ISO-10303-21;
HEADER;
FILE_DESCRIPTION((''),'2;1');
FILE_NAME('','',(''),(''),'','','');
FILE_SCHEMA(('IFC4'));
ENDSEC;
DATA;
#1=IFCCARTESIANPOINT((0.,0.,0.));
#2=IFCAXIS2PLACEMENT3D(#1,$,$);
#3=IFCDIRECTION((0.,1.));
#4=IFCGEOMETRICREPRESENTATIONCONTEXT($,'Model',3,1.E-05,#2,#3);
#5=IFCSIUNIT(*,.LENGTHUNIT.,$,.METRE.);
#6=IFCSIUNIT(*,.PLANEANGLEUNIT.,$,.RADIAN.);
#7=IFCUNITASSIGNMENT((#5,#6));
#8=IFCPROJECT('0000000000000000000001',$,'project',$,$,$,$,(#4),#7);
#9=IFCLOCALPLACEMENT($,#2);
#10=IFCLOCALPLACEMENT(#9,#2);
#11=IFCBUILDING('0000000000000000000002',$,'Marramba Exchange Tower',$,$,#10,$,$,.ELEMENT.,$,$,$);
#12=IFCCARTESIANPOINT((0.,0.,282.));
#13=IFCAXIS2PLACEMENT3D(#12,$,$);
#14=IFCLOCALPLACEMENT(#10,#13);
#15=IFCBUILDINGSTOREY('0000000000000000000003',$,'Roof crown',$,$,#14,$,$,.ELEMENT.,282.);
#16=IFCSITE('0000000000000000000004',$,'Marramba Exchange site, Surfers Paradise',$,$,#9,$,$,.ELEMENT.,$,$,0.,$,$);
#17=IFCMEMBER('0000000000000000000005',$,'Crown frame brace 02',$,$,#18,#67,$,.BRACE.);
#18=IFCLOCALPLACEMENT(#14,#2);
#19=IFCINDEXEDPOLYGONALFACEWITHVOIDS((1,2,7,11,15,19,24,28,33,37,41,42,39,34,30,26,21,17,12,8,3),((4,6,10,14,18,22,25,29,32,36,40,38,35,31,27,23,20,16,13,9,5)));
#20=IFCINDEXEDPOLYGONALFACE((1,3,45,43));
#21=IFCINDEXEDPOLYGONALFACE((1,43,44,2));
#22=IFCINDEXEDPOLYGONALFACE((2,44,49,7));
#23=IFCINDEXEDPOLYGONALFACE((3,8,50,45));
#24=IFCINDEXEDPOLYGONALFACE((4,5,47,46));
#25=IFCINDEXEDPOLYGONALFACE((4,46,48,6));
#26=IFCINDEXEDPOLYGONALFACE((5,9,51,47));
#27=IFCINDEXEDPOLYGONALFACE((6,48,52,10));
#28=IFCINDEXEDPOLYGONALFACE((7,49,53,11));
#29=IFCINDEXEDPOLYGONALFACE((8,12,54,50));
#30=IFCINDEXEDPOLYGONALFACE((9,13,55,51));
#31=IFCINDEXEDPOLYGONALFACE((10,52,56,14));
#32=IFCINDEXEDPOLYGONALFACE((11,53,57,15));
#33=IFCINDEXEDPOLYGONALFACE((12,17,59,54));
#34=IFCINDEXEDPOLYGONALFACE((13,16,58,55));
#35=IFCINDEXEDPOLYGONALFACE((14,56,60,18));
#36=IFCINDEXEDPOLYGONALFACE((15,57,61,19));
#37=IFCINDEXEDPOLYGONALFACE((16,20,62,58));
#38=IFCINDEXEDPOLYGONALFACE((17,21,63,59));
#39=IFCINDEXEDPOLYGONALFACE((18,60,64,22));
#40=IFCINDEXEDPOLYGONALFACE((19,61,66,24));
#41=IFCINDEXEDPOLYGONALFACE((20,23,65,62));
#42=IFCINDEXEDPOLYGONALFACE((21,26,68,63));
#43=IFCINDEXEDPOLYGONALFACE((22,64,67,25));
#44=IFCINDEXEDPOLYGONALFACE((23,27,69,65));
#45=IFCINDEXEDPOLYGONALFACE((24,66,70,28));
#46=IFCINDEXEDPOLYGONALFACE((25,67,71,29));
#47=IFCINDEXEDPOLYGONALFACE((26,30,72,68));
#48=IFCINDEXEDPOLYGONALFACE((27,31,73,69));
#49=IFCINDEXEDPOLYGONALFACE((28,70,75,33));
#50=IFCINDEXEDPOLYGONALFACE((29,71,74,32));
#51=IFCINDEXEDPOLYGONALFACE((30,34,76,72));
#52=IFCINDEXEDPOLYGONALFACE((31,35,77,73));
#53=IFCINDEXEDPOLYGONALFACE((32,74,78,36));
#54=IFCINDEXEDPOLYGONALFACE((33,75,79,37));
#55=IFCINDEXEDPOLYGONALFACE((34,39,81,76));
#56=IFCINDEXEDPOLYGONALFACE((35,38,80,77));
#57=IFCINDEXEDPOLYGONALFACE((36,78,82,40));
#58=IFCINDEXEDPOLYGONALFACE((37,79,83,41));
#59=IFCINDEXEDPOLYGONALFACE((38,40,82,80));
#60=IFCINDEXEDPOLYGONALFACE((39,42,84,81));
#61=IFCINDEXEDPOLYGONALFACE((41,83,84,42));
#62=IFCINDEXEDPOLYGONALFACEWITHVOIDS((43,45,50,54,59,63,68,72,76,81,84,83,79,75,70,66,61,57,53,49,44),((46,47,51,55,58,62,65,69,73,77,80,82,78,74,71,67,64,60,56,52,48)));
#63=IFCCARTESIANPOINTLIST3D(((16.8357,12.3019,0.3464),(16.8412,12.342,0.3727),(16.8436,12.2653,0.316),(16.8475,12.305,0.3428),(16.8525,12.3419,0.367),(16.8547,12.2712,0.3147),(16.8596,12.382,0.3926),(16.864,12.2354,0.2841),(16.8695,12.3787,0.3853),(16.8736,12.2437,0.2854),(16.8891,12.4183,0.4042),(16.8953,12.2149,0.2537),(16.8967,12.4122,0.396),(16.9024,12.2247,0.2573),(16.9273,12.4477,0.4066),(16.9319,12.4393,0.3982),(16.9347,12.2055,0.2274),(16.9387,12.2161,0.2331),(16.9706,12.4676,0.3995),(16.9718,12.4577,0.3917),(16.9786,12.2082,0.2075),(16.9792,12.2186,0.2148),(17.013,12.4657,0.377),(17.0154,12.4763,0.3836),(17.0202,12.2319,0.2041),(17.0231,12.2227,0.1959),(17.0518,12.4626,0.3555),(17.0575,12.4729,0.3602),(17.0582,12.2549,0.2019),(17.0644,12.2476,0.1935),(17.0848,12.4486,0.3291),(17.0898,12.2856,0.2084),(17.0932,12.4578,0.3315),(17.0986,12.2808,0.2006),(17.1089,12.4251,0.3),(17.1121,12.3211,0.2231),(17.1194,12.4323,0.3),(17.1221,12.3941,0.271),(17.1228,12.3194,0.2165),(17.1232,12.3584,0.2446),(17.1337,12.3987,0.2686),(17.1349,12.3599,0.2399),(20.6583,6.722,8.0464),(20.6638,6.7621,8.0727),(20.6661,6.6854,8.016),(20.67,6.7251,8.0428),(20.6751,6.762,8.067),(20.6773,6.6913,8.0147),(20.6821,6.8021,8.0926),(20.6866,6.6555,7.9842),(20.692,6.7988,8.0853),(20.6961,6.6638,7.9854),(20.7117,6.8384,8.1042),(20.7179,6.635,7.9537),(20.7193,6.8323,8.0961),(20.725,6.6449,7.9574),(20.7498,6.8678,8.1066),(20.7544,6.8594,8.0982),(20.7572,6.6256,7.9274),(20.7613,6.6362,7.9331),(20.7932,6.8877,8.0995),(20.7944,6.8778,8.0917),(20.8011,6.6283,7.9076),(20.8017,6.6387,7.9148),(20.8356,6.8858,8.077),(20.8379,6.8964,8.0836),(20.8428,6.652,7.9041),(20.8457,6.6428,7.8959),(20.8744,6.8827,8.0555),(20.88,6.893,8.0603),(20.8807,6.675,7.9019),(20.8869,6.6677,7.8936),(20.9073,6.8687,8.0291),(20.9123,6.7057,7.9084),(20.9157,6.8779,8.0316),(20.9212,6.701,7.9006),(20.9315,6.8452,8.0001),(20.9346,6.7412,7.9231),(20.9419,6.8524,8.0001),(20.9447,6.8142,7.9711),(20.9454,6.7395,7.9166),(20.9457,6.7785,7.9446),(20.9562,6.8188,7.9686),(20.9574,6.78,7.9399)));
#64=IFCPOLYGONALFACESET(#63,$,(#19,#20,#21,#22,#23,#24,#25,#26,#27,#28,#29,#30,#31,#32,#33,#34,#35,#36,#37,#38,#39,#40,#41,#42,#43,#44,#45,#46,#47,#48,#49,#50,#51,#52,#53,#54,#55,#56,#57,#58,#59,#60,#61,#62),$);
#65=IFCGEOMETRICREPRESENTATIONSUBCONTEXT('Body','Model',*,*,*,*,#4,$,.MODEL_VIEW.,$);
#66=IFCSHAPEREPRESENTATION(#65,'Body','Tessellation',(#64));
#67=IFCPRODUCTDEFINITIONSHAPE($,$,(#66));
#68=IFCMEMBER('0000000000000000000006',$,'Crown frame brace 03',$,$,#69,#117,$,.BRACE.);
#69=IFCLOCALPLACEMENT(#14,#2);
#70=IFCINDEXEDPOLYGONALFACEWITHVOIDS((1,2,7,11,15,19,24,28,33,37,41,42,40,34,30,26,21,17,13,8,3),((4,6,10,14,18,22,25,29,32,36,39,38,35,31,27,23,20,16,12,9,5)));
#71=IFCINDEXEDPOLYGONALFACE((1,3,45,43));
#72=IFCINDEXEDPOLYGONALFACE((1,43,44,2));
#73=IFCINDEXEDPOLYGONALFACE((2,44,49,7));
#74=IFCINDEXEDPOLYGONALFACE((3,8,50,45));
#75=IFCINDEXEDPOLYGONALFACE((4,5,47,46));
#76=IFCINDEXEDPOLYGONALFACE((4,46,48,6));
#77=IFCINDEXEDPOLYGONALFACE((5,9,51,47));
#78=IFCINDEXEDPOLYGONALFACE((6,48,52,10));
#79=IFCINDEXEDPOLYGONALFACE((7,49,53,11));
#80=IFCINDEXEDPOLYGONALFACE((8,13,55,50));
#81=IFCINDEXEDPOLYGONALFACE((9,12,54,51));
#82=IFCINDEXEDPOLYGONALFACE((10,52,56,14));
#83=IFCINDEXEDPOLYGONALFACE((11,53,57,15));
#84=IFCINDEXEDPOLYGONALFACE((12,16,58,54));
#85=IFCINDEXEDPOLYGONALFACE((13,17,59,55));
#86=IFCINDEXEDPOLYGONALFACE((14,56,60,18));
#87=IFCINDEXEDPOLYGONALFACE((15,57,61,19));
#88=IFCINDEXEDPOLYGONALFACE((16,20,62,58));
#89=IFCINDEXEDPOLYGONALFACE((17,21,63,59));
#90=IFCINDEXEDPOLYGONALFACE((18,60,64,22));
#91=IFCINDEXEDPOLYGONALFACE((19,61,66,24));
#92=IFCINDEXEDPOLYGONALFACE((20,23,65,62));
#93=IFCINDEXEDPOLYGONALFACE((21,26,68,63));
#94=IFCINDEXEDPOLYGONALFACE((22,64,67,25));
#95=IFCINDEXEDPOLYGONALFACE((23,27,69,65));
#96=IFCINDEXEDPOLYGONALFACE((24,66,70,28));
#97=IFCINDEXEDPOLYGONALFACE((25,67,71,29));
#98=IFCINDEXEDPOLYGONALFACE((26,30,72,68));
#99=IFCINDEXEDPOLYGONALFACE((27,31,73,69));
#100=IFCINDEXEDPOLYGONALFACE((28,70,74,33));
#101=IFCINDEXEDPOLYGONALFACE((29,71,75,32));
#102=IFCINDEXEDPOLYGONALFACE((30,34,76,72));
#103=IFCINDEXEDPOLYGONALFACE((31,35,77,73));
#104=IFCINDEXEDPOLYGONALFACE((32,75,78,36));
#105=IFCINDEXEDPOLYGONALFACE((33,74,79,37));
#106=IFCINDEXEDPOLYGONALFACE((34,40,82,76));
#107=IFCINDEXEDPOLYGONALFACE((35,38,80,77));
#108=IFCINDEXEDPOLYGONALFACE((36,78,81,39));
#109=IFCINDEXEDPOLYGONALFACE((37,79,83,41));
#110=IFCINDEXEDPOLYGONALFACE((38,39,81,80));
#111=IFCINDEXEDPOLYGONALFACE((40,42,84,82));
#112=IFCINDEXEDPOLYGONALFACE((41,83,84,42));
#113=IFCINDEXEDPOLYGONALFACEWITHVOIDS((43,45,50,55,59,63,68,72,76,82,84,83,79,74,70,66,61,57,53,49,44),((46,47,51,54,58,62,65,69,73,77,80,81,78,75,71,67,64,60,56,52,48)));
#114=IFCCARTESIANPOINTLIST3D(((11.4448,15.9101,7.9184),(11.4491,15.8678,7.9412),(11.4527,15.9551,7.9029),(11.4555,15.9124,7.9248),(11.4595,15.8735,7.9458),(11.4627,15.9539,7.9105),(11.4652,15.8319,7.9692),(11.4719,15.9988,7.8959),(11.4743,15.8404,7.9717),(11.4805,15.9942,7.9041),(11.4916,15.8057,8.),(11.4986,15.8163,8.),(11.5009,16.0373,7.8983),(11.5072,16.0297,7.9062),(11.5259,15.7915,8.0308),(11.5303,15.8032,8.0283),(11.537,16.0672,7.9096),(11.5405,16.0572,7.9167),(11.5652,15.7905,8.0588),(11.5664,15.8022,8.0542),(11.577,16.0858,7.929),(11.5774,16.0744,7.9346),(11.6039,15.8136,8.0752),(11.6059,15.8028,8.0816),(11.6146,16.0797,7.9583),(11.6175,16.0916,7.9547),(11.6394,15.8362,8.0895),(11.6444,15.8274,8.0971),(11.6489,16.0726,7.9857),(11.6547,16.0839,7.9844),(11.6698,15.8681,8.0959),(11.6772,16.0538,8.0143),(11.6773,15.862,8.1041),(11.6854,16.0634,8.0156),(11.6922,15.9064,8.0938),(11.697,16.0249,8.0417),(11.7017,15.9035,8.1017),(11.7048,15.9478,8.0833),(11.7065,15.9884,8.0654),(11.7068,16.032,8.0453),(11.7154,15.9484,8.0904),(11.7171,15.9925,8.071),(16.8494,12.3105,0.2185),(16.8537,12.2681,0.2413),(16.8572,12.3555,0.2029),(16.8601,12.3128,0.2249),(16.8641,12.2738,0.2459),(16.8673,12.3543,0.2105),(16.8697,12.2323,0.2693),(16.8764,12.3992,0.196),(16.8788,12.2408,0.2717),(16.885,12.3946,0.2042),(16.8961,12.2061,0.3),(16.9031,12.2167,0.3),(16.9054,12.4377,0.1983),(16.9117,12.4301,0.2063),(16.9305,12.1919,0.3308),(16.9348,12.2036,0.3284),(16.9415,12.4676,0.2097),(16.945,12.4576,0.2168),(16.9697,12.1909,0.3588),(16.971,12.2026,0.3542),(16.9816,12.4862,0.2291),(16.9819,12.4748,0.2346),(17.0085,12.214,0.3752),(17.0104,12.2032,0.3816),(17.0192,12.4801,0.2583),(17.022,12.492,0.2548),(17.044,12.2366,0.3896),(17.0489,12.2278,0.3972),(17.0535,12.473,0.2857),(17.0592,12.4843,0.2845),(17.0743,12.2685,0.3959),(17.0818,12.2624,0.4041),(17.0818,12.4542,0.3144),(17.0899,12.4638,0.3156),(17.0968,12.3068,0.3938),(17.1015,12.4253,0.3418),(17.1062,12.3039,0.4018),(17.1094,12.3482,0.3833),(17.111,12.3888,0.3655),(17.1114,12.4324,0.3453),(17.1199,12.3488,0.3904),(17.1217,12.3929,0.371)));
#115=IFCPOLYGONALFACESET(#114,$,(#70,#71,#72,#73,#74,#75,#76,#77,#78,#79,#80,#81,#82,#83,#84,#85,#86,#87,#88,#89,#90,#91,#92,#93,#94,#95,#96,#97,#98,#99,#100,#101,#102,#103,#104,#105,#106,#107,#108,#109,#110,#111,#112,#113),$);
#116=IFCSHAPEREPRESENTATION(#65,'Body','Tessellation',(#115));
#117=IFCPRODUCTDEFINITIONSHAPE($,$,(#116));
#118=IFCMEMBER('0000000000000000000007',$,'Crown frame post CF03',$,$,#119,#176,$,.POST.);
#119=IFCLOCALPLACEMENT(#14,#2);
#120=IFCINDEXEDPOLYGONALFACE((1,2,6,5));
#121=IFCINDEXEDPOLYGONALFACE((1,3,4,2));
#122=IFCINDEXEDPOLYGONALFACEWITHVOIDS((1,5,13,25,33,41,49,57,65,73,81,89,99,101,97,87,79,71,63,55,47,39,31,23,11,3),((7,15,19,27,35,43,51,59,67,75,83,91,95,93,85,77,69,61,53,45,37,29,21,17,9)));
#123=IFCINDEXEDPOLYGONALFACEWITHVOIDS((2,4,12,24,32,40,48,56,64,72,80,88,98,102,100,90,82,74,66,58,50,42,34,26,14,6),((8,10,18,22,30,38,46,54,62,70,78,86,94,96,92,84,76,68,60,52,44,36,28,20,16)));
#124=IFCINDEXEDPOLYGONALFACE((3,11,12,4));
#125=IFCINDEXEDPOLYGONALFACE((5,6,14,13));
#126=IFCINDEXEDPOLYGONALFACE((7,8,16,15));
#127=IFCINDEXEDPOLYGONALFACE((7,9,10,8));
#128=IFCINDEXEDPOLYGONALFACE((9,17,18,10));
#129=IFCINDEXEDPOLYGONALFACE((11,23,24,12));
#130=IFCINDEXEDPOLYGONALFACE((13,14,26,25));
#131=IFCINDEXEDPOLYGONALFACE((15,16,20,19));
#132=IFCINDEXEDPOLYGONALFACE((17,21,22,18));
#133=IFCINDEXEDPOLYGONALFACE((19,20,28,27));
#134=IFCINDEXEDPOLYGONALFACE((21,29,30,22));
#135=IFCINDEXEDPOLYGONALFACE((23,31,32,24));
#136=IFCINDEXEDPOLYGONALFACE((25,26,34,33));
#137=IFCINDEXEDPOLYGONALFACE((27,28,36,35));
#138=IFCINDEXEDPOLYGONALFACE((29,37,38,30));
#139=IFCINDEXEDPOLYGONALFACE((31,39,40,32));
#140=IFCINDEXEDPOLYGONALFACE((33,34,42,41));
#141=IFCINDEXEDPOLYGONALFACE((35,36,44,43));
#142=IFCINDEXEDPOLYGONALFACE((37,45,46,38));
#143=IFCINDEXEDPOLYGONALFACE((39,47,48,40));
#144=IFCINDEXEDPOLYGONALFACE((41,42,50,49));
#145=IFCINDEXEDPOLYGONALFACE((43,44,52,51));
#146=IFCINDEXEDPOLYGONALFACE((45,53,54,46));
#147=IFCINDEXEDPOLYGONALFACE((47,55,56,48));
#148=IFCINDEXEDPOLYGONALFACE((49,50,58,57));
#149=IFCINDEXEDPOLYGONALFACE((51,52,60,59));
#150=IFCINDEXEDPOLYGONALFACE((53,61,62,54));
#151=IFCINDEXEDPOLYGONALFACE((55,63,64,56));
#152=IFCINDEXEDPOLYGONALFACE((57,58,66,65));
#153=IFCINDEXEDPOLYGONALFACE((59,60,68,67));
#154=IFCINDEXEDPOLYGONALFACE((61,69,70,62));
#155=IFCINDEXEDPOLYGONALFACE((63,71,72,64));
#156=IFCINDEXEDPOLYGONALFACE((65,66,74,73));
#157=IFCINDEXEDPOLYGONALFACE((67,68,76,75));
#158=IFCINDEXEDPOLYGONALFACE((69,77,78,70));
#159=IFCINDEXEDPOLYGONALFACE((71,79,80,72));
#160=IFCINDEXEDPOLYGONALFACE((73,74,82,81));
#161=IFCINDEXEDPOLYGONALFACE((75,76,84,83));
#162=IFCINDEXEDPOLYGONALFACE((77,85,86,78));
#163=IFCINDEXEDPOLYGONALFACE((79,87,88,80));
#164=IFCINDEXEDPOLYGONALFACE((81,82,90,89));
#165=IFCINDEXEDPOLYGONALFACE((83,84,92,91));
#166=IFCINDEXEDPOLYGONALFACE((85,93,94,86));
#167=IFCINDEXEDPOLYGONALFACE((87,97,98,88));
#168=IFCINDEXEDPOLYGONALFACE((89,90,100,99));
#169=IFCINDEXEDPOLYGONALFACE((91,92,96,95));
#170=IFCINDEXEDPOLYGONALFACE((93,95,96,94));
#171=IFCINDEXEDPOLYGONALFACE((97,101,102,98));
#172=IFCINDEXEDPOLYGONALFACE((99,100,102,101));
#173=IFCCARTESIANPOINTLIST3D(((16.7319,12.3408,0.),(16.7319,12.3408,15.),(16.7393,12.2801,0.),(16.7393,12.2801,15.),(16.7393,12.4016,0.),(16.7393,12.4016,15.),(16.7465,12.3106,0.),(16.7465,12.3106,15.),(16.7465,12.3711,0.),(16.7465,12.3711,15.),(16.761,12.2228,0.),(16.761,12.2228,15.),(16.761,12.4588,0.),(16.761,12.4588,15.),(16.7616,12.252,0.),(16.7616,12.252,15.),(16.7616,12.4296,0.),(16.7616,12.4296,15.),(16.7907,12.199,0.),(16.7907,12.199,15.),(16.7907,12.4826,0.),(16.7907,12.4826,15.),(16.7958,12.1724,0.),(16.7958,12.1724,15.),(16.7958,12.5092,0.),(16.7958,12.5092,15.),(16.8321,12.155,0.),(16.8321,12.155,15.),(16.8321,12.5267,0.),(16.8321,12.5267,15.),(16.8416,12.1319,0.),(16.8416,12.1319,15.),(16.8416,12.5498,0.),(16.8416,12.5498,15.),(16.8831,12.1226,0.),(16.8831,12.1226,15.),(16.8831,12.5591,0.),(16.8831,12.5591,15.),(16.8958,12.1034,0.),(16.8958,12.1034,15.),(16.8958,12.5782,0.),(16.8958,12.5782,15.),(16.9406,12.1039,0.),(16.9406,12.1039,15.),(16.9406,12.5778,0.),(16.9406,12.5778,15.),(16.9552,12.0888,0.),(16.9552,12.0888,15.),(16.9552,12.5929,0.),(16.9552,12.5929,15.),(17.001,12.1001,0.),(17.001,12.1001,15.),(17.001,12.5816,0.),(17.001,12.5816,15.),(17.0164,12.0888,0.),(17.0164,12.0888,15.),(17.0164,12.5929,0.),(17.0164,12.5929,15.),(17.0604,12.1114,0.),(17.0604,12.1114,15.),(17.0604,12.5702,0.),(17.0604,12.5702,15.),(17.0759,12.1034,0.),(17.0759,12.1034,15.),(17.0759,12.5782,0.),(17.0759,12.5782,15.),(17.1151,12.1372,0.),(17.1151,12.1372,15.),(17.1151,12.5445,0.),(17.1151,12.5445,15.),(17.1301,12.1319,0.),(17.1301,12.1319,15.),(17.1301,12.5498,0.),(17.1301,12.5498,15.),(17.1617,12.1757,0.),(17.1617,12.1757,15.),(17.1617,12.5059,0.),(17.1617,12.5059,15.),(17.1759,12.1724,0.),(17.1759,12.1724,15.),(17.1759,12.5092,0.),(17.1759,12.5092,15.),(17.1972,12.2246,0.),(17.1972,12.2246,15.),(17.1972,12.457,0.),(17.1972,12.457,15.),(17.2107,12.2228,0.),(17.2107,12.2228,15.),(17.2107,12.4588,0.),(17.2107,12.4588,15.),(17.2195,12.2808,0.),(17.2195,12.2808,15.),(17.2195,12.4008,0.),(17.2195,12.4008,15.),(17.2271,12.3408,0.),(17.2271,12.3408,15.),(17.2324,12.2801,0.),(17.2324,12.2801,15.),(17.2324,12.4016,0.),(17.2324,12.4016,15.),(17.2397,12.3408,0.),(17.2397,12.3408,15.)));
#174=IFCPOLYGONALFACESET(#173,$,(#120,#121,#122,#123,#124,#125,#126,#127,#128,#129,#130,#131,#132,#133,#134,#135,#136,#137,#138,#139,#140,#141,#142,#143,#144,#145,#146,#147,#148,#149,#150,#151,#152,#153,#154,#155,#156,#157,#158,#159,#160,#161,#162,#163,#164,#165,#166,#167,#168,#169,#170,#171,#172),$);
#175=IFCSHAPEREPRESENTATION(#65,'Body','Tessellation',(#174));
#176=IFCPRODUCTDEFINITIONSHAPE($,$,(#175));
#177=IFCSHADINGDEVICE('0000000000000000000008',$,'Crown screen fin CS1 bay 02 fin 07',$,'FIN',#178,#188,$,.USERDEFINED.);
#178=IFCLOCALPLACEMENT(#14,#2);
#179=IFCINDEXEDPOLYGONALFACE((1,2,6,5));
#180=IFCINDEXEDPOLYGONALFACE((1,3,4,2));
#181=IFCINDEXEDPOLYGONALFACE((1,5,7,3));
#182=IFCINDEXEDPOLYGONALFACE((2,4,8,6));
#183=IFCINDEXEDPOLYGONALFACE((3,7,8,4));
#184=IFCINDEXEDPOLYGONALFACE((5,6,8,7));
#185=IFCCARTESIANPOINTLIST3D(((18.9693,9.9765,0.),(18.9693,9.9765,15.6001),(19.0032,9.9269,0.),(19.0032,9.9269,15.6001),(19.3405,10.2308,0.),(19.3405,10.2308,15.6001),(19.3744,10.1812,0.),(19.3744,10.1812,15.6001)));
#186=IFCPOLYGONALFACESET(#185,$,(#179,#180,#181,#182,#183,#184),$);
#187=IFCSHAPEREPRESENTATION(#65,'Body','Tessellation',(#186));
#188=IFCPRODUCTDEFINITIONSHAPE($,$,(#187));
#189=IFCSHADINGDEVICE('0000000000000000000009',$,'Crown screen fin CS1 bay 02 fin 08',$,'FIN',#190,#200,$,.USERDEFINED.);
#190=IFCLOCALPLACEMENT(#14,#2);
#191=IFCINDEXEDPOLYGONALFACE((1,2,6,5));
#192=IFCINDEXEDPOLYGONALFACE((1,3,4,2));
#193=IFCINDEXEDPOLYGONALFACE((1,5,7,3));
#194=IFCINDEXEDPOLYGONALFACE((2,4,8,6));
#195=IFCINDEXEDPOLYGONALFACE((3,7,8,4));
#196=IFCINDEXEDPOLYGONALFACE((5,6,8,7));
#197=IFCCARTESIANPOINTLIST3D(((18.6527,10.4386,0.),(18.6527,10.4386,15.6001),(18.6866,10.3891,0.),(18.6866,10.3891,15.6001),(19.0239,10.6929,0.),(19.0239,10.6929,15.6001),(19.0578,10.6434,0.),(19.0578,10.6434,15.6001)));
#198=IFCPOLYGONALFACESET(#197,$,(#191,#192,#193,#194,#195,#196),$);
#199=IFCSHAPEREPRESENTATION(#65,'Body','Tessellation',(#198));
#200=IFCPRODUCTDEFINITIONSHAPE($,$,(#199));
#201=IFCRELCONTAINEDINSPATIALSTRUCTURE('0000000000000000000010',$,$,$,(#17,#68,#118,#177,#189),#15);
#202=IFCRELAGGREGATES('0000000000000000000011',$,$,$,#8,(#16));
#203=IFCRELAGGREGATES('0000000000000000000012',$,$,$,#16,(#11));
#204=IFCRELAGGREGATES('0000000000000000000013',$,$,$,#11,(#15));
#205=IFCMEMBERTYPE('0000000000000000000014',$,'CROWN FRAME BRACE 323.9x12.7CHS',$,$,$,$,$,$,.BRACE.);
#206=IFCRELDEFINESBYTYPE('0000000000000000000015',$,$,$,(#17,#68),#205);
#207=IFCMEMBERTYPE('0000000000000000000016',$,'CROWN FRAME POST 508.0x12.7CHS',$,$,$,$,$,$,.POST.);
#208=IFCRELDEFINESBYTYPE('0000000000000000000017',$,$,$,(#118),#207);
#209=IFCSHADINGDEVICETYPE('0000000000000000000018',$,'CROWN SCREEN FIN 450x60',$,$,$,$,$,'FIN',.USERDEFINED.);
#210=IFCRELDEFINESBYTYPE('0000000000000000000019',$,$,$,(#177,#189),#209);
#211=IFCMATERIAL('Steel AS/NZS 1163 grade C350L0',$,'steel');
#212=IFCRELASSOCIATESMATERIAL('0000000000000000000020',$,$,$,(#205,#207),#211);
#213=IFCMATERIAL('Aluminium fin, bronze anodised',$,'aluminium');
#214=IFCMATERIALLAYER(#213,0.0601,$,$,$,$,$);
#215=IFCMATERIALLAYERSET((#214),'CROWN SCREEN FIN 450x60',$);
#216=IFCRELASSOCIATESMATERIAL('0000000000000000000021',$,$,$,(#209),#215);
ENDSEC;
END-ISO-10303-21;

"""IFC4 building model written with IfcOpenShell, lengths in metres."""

from ifc_helpers import new_model, si_unit, direction, frame, origin, origin_2d, place, context, subcontext, project, spatial, rectangle, hollow_circle, extrude, material, layer, layer_set, material_profile, profile_set, type_object, element, save


model = new_model("IFC4")

# Units and contexts
model_context = context("Model", 3, precision=1e-05, world=origin(), true_north=direction((0.0, 1.0)))
body_context = subcontext(model_context, "Body", "Model", "MODEL_VIEW")
ifc_project = project(units=[si_unit("LENGTHUNIT", "METRE"), si_unit("PLANEANGLEUNIT", "RADIAN")], contexts=[model_context])

# Site, building, storey
site_placement = place(None, origin())
site = spatial("IfcSite", under=ifc_project, at=site_placement, Name="Marramba Exchange site, Surfers Paradise", CompositionType="ELEMENT", RefElevation=0.0)
building_placement = place(site_placement, origin())
building = spatial("IfcBuilding", under=site, at=building_placement, Name="Marramba Exchange Tower", CompositionType="ELEMENT")
storey_placement = place(building_placement, frame((0.0, 0.0, 282.0)))
storey = spatial("IfcBuildingStorey", under=building, at=storey_placement, Name="Roof crown", CompositionType="ELEMENT", Elevation=282.0)

# Members
ifc_material_1 = material(Name="Steel AS/NZS 1163 grade C350L0", Category="steel")
ifc_material_profile_1 = material_profile(ifc_material_1, hollow_circle(Radius=0.1619, WallThickness=0.0127, at=origin_2d()), Name="323.9x12.7CHS")
ifc_profile_set_1 = profile_set([ifc_material_profile_1], Name="Steel AS/NZS 1163 grade C350L0")
member_type_1 = type_object("IfcMemberType", Name="CROWN FRAME BRACE 323.9x12.7CHS", PredefinedType="BRACE", material=ifc_profile_set_1)
member_1_placement = place(storey_placement, frame((16.9858, 12.3408, 0.3), z_axis=(0.372976, -0.544444, 0.751312), x_axis=(0.824981, 0.56516, 0.0)))
element("IfcMember", 1, at=member_1_placement, inside=storey, type_object=member_type_1, Name="Crown frame brace 02", PredefinedType="BRACE", context=body_context, shape_type="SweptSolid", body=[
    extrude(hollow_circle(Radius=0.1619, WallThickness=0.0127, at=origin_2d()), origin(), (0.0, 0.0, 1.0), 10.2488),
])
member_2_placement = place(storey_placement, frame((16.9858, 12.3408, 0.3), z_axis=(-0.536563, 0.35737, 0.764452), x_axis=(-0.554336, -0.832293, 0.0)))
element("IfcMember", 2, at=member_2_placement, inside=storey, type_object=member_type_1, Name="Crown frame brace 03", PredefinedType="BRACE", context=body_context, shape_type="SweptSolid", body=[
    extrude(hollow_circle(Radius=0.1619, WallThickness=0.0127, at=origin_2d()), origin(), (0.0, 0.0, 1.0), 10.0725),
])
ifc_material_profile_2 = material_profile(ifc_material_1, hollow_circle(Radius=0.2539, WallThickness=0.0127, at=origin_2d()), Name="508.0x12.7CHS")
ifc_profile_set_2 = profile_set([ifc_material_profile_2], Name="Steel AS/NZS 1163 grade C350L0")
member_type_2 = type_object("IfcMemberType", Name="CROWN FRAME POST 508.0x12.7CHS", PredefinedType="POST", material=ifc_profile_set_2)
member_3_placement = place(storey_placement, frame((16.9858, 12.3408, 0.0), z_axis=(0.0, 0.0, 1.0), x_axis=(1.0, 0.0, 0.0)))
element("IfcMember", 3, at=member_3_placement, inside=storey, type_object=member_type_2, Name="Crown frame post CF03", PredefinedType="POST", context=body_context, shape_type="SweptSolid", body=[
    extrude(hollow_circle(Radius=0.2539, WallThickness=0.0127, at=origin_2d()), origin(), (0.0, 0.0, 1.0), 15.0),
])

# Shading devices
ifc_material_2 = material(Name="Aluminium fin, bronze anodised", Category="aluminium")
ifc_layer_1 = layer(ifc_material_2, 0.0601)
ifc_layer_set_1 = layer_set([ifc_layer_1], Name="CROWN SCREEN FIN 450x60")
shading_device_type = type_object("IfcShadingDeviceType", Name="CROWN SCREEN FIN 450x60", ElementType="FIN", PredefinedType="USERDEFINED", material=ifc_layer_set_1)
for number, where, z_axis, x_axis, name in (
    (4, (19.1719, 10.0789, 0.0), (0.0, 0.0, 1.0), (0.82497, 0.565176, 0.0), "Crown screen fin CS1 bay 02 fin 07"),
    (5, (18.8552, 10.541, 0.0), (0.0, 0.0, 1.0), (0.82497, 0.565176, 0.0), "Crown screen fin CS1 bay 02 fin 08"),
):
    element("IfcShadingDevice", number, at=place(storey_placement, frame(where, z_axis=z_axis, x_axis=x_axis)), inside=storey, type_object=shading_device_type, Name=name, ObjectType="FIN", PredefinedType="USERDEFINED", context=body_context, shape_type="SweptSolid", body=[
        extrude(rectangle(XDim=0.45, YDim=0.0601, at=origin_2d()), origin(), (0.0, 0.0, 1.0), 15.6001),
    ])

save(model, "model.ifc")
